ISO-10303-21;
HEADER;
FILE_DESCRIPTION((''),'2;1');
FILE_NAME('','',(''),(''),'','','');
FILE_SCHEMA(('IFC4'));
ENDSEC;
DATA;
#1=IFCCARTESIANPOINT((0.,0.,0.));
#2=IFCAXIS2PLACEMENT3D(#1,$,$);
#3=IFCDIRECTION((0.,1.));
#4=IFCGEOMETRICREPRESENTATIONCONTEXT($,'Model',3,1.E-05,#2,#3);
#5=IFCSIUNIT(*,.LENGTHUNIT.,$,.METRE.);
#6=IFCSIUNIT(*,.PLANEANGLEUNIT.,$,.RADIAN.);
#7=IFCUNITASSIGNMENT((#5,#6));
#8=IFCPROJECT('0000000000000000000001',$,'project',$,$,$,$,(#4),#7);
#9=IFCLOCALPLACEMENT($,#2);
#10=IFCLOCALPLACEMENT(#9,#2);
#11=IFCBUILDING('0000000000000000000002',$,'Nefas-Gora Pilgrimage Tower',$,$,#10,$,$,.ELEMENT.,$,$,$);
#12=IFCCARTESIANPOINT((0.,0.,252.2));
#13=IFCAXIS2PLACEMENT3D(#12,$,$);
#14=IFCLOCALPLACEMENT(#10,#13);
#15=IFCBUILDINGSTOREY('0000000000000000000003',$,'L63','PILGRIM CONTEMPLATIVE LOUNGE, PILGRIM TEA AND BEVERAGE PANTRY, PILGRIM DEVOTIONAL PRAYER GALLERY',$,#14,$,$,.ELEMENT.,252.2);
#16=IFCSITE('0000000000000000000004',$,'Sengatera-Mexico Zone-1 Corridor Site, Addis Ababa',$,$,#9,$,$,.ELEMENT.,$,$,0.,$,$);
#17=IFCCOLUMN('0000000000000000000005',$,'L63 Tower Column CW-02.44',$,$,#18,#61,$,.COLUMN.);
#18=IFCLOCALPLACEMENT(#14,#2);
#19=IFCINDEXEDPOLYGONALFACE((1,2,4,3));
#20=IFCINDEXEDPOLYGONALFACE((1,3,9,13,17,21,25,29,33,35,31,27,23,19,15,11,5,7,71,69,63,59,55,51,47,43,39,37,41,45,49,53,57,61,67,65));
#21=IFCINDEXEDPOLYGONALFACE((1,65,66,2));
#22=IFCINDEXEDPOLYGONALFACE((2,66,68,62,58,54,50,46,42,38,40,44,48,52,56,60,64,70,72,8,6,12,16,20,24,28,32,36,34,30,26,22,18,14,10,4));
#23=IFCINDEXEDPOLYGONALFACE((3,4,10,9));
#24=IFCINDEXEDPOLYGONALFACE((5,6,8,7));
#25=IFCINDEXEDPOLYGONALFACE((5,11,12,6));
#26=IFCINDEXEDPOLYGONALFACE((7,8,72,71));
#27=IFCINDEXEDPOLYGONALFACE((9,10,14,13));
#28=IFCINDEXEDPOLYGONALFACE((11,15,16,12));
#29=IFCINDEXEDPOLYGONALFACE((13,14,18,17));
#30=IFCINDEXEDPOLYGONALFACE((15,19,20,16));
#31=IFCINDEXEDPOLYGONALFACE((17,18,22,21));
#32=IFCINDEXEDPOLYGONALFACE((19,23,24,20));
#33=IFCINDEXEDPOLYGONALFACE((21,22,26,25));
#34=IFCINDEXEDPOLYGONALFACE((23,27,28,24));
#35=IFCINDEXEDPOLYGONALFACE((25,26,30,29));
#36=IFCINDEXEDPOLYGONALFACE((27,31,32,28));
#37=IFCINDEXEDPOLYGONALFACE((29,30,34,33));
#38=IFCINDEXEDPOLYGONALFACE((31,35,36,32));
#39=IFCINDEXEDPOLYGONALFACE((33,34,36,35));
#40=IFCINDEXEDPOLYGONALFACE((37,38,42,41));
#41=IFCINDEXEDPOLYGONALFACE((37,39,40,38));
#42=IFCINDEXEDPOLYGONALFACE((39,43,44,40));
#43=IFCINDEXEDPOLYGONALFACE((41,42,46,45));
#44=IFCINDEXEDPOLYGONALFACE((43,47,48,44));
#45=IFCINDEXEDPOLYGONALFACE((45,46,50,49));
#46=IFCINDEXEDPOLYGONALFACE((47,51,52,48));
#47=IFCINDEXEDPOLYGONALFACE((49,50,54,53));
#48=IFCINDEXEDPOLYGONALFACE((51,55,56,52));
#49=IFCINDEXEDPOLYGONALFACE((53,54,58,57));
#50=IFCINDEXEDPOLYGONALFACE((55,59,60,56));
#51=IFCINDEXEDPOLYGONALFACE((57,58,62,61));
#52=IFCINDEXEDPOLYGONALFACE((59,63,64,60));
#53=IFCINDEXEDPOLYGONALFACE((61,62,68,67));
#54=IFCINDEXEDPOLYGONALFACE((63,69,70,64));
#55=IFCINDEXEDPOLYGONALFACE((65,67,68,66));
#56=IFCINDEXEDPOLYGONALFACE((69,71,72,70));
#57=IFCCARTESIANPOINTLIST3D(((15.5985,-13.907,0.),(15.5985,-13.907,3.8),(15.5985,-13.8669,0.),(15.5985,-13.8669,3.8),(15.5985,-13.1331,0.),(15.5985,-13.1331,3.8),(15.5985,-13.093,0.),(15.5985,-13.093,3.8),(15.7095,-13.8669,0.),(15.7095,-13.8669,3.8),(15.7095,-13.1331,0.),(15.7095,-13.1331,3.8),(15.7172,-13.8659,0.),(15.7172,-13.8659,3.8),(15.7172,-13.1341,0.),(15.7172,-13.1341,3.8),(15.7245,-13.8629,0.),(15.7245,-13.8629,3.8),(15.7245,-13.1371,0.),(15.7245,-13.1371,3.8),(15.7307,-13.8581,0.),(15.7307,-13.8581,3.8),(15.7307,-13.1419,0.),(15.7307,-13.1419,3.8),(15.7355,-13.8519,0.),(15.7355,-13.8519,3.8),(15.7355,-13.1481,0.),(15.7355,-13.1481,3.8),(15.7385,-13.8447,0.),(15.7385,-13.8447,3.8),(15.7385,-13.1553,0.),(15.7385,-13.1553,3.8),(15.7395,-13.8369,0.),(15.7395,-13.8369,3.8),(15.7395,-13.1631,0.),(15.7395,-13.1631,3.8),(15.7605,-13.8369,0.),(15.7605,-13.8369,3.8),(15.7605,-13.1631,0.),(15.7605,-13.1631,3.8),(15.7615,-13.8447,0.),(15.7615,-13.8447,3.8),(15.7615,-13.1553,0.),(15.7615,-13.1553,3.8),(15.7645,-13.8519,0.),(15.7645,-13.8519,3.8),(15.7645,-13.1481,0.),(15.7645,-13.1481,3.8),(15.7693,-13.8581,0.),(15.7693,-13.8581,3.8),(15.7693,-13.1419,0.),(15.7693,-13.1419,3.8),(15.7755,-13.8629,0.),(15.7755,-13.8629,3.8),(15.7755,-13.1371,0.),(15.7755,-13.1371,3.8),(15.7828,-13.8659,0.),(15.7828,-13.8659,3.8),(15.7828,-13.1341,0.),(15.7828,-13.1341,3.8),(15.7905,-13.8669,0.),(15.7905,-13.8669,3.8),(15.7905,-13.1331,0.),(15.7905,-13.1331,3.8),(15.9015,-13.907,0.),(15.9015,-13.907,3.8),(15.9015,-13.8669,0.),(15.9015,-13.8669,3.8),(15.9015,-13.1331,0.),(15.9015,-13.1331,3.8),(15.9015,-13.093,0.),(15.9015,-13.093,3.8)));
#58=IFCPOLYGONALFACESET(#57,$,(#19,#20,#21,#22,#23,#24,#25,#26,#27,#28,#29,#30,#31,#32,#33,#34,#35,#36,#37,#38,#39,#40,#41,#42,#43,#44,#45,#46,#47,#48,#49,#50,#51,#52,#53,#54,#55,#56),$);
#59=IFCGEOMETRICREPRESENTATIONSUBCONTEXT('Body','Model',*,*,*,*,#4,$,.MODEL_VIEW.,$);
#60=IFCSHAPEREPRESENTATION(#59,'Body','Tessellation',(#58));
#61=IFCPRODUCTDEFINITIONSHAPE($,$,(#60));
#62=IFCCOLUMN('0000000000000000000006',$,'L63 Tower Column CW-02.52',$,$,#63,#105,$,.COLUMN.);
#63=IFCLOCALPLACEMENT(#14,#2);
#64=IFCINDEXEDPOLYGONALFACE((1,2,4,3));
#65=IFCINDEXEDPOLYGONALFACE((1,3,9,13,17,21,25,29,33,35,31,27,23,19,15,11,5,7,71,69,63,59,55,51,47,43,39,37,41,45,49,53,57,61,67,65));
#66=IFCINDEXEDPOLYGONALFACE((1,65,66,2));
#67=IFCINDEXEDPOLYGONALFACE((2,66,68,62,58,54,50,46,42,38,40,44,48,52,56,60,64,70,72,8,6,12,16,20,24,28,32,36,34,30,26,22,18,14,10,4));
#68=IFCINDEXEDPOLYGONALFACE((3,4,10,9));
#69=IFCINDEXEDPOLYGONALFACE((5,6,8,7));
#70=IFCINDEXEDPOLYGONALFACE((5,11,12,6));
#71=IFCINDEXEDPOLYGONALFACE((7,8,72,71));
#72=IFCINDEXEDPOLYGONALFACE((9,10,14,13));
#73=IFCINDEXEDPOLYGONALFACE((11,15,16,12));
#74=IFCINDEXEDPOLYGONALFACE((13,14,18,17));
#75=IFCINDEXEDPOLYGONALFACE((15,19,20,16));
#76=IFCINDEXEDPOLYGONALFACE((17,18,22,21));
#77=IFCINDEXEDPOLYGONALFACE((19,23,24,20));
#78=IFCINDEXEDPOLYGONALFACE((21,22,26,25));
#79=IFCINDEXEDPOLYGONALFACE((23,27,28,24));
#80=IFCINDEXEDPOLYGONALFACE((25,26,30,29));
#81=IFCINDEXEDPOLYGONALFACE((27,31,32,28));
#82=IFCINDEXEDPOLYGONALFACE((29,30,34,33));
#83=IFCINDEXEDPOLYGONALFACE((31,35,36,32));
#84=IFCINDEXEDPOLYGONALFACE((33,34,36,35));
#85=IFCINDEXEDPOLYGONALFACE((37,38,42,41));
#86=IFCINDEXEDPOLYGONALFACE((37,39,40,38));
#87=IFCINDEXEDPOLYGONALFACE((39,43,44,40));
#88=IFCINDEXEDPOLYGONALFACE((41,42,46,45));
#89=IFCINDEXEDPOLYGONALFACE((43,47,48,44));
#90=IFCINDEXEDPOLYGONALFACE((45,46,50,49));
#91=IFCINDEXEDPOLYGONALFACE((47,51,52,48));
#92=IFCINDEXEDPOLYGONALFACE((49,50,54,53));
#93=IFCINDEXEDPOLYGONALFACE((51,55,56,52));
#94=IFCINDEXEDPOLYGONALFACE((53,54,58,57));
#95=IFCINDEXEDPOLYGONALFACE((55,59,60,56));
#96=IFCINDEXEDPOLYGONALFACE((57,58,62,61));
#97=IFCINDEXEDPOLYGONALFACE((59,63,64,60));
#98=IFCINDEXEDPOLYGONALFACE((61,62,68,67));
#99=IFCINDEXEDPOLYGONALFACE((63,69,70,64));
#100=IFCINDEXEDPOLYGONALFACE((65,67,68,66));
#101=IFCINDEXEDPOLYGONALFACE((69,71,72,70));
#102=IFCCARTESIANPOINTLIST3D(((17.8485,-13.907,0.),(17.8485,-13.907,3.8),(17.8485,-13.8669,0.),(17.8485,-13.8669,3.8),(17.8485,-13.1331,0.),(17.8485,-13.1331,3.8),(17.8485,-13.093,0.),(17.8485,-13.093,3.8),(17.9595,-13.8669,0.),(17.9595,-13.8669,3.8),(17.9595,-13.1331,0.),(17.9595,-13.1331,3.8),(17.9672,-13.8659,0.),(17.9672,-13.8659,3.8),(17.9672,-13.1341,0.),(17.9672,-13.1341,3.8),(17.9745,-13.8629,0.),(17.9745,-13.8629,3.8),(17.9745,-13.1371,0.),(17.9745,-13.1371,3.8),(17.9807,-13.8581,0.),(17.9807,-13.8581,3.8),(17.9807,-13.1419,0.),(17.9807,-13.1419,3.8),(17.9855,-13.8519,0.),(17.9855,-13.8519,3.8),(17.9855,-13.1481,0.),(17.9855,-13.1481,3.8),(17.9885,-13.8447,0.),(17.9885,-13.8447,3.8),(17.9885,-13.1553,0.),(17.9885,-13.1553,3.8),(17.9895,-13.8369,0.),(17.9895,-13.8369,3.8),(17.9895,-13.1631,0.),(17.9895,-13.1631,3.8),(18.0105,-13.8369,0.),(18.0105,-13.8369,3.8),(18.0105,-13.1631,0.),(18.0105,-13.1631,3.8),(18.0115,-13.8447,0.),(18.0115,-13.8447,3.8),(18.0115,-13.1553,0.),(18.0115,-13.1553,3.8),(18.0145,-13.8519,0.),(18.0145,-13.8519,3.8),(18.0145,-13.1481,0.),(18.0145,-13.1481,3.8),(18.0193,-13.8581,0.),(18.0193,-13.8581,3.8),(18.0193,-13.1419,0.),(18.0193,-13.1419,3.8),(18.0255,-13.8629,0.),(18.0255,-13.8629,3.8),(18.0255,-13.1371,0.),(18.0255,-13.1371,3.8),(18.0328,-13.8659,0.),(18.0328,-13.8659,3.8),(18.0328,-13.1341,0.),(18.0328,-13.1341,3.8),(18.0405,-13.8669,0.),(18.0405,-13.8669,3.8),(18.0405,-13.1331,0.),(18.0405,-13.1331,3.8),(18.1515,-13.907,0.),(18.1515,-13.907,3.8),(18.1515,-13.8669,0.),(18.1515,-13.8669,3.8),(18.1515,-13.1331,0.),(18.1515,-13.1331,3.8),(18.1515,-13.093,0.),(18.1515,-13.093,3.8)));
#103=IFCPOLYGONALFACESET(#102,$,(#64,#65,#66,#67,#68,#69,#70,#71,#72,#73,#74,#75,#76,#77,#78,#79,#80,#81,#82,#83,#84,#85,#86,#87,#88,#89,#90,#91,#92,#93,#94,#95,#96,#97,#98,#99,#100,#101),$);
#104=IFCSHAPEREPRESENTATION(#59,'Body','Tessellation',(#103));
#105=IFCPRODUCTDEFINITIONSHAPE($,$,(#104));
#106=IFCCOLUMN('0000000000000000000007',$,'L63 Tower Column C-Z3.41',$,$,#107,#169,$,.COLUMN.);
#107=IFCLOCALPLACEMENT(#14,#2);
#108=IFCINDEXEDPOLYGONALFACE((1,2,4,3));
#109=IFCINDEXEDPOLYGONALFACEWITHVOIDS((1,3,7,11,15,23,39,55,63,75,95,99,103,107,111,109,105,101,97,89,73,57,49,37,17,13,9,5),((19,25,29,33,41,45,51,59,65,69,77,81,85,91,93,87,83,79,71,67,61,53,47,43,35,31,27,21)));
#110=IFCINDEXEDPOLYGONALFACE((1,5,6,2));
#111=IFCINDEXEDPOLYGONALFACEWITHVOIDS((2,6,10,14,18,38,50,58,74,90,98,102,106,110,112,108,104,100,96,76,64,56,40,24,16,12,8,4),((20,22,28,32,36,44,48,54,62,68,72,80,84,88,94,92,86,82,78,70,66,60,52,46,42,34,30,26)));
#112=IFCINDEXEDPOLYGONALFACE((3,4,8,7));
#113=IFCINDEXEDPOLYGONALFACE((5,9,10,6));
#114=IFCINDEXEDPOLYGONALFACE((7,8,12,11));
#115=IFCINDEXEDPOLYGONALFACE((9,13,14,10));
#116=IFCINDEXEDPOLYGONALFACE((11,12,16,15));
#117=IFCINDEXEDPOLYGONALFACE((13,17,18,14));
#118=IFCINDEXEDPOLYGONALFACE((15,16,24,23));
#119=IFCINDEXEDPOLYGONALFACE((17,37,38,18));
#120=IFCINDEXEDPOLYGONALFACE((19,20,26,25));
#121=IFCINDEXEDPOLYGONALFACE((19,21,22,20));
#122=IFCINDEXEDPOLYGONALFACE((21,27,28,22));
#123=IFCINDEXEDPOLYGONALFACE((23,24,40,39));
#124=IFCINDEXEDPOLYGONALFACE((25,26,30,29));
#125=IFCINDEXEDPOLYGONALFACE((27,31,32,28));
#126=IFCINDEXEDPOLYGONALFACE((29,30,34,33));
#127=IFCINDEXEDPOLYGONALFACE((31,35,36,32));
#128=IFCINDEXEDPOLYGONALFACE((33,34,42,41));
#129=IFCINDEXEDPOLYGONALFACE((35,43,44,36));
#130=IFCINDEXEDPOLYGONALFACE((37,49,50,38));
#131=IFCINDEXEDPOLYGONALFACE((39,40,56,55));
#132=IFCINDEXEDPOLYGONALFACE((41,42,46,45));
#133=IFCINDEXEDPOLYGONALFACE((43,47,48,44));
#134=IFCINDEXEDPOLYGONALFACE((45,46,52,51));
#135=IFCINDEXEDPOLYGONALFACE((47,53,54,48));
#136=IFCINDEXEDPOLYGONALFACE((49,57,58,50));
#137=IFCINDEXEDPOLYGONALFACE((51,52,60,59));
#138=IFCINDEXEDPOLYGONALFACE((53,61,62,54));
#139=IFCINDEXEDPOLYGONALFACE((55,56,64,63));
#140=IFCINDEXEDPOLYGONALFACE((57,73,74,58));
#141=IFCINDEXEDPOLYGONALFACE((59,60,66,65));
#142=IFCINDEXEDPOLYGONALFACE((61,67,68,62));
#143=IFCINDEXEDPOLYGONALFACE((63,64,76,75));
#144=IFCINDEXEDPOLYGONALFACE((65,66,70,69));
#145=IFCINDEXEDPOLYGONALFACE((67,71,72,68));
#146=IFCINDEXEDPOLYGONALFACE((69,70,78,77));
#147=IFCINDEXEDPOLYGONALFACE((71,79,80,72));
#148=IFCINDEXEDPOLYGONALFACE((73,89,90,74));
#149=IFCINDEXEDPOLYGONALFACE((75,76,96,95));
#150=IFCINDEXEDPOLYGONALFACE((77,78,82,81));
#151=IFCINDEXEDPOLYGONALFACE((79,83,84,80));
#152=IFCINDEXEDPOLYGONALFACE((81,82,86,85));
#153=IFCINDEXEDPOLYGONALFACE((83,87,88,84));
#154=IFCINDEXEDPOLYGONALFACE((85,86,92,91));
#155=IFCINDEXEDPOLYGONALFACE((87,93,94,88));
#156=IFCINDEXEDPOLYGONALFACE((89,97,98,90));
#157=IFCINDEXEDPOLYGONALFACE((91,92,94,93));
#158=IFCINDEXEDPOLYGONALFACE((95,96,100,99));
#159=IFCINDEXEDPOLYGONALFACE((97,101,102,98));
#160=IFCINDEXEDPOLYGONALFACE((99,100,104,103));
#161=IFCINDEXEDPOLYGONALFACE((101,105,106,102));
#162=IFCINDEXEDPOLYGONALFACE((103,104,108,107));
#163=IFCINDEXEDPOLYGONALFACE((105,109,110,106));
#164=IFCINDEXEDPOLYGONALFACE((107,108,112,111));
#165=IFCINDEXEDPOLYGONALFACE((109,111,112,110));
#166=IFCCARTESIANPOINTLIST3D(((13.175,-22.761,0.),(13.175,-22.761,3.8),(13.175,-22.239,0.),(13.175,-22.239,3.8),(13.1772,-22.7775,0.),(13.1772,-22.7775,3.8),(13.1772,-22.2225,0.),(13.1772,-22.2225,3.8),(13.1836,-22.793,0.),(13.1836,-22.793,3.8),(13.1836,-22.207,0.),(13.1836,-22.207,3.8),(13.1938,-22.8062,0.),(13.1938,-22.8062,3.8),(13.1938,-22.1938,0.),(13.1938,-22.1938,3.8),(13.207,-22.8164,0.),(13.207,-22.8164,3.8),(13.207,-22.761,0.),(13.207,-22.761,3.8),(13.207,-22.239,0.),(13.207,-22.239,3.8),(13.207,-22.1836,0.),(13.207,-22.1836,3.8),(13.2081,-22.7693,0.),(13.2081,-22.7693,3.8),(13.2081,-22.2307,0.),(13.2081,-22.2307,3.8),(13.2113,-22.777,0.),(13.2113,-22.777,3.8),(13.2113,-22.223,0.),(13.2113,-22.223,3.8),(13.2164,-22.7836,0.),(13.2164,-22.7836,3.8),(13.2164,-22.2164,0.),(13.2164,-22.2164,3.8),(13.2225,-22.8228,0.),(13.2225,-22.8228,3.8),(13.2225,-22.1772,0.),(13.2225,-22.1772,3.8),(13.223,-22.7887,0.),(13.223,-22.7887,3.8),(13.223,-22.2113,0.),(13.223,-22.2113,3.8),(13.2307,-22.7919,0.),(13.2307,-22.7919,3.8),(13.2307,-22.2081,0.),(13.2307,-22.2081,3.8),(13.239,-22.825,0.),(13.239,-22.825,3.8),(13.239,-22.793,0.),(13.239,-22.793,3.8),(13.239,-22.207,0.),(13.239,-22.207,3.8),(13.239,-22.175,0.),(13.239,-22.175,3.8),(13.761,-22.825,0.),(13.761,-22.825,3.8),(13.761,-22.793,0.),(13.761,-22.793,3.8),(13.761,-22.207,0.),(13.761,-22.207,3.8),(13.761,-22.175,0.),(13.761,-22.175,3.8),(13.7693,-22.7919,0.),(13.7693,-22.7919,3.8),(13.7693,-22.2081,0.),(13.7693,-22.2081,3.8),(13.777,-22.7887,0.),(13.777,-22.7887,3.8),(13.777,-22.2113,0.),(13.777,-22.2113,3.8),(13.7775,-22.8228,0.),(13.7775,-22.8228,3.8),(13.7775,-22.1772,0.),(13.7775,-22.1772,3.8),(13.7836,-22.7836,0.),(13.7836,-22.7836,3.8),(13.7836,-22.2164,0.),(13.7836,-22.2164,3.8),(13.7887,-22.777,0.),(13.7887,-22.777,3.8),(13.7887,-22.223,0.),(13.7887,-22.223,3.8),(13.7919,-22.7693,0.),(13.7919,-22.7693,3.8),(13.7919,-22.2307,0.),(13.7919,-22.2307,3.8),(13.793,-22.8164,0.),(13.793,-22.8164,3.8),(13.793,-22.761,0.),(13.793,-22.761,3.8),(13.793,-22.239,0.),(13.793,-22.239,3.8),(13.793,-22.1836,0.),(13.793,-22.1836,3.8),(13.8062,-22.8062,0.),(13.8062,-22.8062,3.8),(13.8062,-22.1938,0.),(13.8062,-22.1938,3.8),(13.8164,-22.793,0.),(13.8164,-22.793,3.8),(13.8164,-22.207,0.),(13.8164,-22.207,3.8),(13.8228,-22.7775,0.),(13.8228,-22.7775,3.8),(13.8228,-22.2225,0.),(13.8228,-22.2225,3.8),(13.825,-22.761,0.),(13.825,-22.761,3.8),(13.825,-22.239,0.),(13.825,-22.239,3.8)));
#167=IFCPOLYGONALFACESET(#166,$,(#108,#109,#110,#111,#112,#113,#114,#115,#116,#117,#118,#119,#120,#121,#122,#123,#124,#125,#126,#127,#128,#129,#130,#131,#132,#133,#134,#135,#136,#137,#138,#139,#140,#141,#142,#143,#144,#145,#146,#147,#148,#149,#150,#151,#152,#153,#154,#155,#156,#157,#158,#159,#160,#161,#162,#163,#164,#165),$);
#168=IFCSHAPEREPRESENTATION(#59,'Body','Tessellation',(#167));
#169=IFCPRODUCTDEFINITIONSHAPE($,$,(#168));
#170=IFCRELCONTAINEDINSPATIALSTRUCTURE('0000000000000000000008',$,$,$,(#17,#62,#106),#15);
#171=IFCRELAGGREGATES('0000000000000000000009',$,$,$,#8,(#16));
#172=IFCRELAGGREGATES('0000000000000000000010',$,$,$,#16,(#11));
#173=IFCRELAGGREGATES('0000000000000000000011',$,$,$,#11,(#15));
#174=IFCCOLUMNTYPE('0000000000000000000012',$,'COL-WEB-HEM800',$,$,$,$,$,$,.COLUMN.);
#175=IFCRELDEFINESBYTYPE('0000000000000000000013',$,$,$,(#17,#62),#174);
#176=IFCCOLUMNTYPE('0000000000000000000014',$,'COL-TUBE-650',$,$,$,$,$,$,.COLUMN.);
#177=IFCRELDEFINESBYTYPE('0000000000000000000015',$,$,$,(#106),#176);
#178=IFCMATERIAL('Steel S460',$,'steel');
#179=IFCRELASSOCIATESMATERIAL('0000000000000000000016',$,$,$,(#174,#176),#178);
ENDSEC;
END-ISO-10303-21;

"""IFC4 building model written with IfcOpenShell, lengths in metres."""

from ifc_helpers import new_model, si_unit, direction, frame, origin, origin_2d, place, context, subcontext, project, spatial, hollow_rectangle, i_section, extrude, source, transform, mapped, material, material_profile, profile_set, type_object, element, save


model = new_model("IFC4")

# Units and contexts
model_context = context("Model", 3, precision=1e-05, world=origin(), true_north=direction((0.0, 1.0)))
body_context = subcontext(model_context, "Body", "Model", "MODEL_VIEW")
ifc_project = project(units=[si_unit("LENGTHUNIT", "METRE"), si_unit("PLANEANGLEUNIT", "RADIAN")], contexts=[model_context])

# Site, building, storey
site_placement = place(None, origin())
site = spatial("IfcSite", under=ifc_project, at=site_placement, Name="Sengatera-Mexico Zone-1 Corridor Site, Addis Ababa", CompositionType="ELEMENT", RefElevation=0.0)
building_placement = place(site_placement, origin())
building = spatial("IfcBuilding", under=site, at=building_placement, Name="Nefas-Gora Pilgrimage Tower", CompositionType="ELEMENT")
storey_placement = place(building_placement, frame((0.0, 0.0, 252.2)))
storey = spatial("IfcBuildingStorey", under=building, at=storey_placement, Name="L63", Description="PILGRIM CONTEMPLATIVE LOUNGE, PILGRIM TEA AND BEVERAGE PANTRY, PILGRIM DEVOTIONAL PRAYER GALLERY", CompositionType="ELEMENT", Elevation=252.2)

# Columns
ifc_material_1 = material(Name="Steel S460", Category="steel")
ifc_material_profile_1 = material_profile(ifc_material_1, i_section(OverallWidth=0.303, OverallDepth=0.814, WebThickness=0.021, FlangeThickness=0.04, FilletRadius=0.03, at=origin_2d()), Name="HEM 800")
ifc_profile_set_1 = profile_set([ifc_material_profile_1], Name="Steel S460")
column_type_1 = type_object("IfcColumnType", Name="COL-WEB-HEM800", PredefinedType="COLUMN", material=ifc_profile_set_1)
shared_shape_1 = source(origin(), body_context, "Body", "SweptSolid", [
    extrude(i_section(OverallWidth=0.303, OverallDepth=0.814, WebThickness=0.021, FlangeThickness=0.04, FilletRadius=0.03, at=origin_2d()), origin(), (0.0, 0.0, 1.0), 3.8),
])
for number, where, z_axis, x_axis, name in (
    (1, (15.75, -13.5, 0.0), (0.0, 0.0, 1.0), (1.0, 0.0, 0.0), "L63 Tower Column CW-02.44"),
    (2, (18.0, -13.5, 0.0), (0.0, 0.0, 1.0), (1.0, 0.0, 0.0), "L63 Tower Column CW-02.52"),
):
    element("IfcColumn", number, at=place(storey_placement, frame(where, z_axis=z_axis, x_axis=x_axis)), inside=storey, type_object=column_type_1, Name=name, PredefinedType="COLUMN", context=body_context, shape_type="MappedRepresentation", body=[
        mapped(shared_shape_1, transform((0.0, 0.0, 0.0), x_axis=(1.0, 0.0, 0.0), y_axis=(0.0, 1.0, 0.0), z_axis=(0.0, 0.0, 1.0), scale=1.0)),
    ])
ifc_material_profile_2 = material_profile(ifc_material_1, hollow_rectangle(XDim=0.6499, YDim=0.6499, WallThickness=0.032, InnerFilletRadius=0.032, OuterFilletRadius=0.064, at=origin_2d()), Name="BOX 650x650x32")
ifc_profile_set_2 = profile_set([ifc_material_profile_2], Name="Steel S460")
column_type_2 = type_object("IfcColumnType", Name="COL-TUBE-650", PredefinedType="COLUMN", material=ifc_profile_set_2)
shared_shape_2 = source(origin(), body_context, "Body", "SweptSolid", [
    extrude(hollow_rectangle(XDim=0.6499, YDim=0.6499, WallThickness=0.032, InnerFilletRadius=0.032, OuterFilletRadius=0.064, at=origin_2d()), origin(), (0.0, 0.0, 1.0), 3.8),
])
for number, where, z_axis, x_axis, name in (
    (3, (13.5, -22.5, 0.0), (0.0, 0.0, 1.0), (1.0, 0.0, 0.0), "L63 Tower Column C-Z3.41"),
):
    element("IfcColumn", number, at=place(storey_placement, frame(where, z_axis=z_axis, x_axis=x_axis)), inside=storey, type_object=column_type_2, Name=name, PredefinedType="COLUMN", context=body_context, shape_type="MappedRepresentation", body=[
        mapped(shared_shape_2, transform((0.0, 0.0, 0.0), x_axis=(1.0, 0.0, 0.0), y_axis=(0.0, 1.0, 0.0), z_axis=(0.0, 0.0, 1.0), scale=1.0)),
    ])

save(model, "model.ifc")
